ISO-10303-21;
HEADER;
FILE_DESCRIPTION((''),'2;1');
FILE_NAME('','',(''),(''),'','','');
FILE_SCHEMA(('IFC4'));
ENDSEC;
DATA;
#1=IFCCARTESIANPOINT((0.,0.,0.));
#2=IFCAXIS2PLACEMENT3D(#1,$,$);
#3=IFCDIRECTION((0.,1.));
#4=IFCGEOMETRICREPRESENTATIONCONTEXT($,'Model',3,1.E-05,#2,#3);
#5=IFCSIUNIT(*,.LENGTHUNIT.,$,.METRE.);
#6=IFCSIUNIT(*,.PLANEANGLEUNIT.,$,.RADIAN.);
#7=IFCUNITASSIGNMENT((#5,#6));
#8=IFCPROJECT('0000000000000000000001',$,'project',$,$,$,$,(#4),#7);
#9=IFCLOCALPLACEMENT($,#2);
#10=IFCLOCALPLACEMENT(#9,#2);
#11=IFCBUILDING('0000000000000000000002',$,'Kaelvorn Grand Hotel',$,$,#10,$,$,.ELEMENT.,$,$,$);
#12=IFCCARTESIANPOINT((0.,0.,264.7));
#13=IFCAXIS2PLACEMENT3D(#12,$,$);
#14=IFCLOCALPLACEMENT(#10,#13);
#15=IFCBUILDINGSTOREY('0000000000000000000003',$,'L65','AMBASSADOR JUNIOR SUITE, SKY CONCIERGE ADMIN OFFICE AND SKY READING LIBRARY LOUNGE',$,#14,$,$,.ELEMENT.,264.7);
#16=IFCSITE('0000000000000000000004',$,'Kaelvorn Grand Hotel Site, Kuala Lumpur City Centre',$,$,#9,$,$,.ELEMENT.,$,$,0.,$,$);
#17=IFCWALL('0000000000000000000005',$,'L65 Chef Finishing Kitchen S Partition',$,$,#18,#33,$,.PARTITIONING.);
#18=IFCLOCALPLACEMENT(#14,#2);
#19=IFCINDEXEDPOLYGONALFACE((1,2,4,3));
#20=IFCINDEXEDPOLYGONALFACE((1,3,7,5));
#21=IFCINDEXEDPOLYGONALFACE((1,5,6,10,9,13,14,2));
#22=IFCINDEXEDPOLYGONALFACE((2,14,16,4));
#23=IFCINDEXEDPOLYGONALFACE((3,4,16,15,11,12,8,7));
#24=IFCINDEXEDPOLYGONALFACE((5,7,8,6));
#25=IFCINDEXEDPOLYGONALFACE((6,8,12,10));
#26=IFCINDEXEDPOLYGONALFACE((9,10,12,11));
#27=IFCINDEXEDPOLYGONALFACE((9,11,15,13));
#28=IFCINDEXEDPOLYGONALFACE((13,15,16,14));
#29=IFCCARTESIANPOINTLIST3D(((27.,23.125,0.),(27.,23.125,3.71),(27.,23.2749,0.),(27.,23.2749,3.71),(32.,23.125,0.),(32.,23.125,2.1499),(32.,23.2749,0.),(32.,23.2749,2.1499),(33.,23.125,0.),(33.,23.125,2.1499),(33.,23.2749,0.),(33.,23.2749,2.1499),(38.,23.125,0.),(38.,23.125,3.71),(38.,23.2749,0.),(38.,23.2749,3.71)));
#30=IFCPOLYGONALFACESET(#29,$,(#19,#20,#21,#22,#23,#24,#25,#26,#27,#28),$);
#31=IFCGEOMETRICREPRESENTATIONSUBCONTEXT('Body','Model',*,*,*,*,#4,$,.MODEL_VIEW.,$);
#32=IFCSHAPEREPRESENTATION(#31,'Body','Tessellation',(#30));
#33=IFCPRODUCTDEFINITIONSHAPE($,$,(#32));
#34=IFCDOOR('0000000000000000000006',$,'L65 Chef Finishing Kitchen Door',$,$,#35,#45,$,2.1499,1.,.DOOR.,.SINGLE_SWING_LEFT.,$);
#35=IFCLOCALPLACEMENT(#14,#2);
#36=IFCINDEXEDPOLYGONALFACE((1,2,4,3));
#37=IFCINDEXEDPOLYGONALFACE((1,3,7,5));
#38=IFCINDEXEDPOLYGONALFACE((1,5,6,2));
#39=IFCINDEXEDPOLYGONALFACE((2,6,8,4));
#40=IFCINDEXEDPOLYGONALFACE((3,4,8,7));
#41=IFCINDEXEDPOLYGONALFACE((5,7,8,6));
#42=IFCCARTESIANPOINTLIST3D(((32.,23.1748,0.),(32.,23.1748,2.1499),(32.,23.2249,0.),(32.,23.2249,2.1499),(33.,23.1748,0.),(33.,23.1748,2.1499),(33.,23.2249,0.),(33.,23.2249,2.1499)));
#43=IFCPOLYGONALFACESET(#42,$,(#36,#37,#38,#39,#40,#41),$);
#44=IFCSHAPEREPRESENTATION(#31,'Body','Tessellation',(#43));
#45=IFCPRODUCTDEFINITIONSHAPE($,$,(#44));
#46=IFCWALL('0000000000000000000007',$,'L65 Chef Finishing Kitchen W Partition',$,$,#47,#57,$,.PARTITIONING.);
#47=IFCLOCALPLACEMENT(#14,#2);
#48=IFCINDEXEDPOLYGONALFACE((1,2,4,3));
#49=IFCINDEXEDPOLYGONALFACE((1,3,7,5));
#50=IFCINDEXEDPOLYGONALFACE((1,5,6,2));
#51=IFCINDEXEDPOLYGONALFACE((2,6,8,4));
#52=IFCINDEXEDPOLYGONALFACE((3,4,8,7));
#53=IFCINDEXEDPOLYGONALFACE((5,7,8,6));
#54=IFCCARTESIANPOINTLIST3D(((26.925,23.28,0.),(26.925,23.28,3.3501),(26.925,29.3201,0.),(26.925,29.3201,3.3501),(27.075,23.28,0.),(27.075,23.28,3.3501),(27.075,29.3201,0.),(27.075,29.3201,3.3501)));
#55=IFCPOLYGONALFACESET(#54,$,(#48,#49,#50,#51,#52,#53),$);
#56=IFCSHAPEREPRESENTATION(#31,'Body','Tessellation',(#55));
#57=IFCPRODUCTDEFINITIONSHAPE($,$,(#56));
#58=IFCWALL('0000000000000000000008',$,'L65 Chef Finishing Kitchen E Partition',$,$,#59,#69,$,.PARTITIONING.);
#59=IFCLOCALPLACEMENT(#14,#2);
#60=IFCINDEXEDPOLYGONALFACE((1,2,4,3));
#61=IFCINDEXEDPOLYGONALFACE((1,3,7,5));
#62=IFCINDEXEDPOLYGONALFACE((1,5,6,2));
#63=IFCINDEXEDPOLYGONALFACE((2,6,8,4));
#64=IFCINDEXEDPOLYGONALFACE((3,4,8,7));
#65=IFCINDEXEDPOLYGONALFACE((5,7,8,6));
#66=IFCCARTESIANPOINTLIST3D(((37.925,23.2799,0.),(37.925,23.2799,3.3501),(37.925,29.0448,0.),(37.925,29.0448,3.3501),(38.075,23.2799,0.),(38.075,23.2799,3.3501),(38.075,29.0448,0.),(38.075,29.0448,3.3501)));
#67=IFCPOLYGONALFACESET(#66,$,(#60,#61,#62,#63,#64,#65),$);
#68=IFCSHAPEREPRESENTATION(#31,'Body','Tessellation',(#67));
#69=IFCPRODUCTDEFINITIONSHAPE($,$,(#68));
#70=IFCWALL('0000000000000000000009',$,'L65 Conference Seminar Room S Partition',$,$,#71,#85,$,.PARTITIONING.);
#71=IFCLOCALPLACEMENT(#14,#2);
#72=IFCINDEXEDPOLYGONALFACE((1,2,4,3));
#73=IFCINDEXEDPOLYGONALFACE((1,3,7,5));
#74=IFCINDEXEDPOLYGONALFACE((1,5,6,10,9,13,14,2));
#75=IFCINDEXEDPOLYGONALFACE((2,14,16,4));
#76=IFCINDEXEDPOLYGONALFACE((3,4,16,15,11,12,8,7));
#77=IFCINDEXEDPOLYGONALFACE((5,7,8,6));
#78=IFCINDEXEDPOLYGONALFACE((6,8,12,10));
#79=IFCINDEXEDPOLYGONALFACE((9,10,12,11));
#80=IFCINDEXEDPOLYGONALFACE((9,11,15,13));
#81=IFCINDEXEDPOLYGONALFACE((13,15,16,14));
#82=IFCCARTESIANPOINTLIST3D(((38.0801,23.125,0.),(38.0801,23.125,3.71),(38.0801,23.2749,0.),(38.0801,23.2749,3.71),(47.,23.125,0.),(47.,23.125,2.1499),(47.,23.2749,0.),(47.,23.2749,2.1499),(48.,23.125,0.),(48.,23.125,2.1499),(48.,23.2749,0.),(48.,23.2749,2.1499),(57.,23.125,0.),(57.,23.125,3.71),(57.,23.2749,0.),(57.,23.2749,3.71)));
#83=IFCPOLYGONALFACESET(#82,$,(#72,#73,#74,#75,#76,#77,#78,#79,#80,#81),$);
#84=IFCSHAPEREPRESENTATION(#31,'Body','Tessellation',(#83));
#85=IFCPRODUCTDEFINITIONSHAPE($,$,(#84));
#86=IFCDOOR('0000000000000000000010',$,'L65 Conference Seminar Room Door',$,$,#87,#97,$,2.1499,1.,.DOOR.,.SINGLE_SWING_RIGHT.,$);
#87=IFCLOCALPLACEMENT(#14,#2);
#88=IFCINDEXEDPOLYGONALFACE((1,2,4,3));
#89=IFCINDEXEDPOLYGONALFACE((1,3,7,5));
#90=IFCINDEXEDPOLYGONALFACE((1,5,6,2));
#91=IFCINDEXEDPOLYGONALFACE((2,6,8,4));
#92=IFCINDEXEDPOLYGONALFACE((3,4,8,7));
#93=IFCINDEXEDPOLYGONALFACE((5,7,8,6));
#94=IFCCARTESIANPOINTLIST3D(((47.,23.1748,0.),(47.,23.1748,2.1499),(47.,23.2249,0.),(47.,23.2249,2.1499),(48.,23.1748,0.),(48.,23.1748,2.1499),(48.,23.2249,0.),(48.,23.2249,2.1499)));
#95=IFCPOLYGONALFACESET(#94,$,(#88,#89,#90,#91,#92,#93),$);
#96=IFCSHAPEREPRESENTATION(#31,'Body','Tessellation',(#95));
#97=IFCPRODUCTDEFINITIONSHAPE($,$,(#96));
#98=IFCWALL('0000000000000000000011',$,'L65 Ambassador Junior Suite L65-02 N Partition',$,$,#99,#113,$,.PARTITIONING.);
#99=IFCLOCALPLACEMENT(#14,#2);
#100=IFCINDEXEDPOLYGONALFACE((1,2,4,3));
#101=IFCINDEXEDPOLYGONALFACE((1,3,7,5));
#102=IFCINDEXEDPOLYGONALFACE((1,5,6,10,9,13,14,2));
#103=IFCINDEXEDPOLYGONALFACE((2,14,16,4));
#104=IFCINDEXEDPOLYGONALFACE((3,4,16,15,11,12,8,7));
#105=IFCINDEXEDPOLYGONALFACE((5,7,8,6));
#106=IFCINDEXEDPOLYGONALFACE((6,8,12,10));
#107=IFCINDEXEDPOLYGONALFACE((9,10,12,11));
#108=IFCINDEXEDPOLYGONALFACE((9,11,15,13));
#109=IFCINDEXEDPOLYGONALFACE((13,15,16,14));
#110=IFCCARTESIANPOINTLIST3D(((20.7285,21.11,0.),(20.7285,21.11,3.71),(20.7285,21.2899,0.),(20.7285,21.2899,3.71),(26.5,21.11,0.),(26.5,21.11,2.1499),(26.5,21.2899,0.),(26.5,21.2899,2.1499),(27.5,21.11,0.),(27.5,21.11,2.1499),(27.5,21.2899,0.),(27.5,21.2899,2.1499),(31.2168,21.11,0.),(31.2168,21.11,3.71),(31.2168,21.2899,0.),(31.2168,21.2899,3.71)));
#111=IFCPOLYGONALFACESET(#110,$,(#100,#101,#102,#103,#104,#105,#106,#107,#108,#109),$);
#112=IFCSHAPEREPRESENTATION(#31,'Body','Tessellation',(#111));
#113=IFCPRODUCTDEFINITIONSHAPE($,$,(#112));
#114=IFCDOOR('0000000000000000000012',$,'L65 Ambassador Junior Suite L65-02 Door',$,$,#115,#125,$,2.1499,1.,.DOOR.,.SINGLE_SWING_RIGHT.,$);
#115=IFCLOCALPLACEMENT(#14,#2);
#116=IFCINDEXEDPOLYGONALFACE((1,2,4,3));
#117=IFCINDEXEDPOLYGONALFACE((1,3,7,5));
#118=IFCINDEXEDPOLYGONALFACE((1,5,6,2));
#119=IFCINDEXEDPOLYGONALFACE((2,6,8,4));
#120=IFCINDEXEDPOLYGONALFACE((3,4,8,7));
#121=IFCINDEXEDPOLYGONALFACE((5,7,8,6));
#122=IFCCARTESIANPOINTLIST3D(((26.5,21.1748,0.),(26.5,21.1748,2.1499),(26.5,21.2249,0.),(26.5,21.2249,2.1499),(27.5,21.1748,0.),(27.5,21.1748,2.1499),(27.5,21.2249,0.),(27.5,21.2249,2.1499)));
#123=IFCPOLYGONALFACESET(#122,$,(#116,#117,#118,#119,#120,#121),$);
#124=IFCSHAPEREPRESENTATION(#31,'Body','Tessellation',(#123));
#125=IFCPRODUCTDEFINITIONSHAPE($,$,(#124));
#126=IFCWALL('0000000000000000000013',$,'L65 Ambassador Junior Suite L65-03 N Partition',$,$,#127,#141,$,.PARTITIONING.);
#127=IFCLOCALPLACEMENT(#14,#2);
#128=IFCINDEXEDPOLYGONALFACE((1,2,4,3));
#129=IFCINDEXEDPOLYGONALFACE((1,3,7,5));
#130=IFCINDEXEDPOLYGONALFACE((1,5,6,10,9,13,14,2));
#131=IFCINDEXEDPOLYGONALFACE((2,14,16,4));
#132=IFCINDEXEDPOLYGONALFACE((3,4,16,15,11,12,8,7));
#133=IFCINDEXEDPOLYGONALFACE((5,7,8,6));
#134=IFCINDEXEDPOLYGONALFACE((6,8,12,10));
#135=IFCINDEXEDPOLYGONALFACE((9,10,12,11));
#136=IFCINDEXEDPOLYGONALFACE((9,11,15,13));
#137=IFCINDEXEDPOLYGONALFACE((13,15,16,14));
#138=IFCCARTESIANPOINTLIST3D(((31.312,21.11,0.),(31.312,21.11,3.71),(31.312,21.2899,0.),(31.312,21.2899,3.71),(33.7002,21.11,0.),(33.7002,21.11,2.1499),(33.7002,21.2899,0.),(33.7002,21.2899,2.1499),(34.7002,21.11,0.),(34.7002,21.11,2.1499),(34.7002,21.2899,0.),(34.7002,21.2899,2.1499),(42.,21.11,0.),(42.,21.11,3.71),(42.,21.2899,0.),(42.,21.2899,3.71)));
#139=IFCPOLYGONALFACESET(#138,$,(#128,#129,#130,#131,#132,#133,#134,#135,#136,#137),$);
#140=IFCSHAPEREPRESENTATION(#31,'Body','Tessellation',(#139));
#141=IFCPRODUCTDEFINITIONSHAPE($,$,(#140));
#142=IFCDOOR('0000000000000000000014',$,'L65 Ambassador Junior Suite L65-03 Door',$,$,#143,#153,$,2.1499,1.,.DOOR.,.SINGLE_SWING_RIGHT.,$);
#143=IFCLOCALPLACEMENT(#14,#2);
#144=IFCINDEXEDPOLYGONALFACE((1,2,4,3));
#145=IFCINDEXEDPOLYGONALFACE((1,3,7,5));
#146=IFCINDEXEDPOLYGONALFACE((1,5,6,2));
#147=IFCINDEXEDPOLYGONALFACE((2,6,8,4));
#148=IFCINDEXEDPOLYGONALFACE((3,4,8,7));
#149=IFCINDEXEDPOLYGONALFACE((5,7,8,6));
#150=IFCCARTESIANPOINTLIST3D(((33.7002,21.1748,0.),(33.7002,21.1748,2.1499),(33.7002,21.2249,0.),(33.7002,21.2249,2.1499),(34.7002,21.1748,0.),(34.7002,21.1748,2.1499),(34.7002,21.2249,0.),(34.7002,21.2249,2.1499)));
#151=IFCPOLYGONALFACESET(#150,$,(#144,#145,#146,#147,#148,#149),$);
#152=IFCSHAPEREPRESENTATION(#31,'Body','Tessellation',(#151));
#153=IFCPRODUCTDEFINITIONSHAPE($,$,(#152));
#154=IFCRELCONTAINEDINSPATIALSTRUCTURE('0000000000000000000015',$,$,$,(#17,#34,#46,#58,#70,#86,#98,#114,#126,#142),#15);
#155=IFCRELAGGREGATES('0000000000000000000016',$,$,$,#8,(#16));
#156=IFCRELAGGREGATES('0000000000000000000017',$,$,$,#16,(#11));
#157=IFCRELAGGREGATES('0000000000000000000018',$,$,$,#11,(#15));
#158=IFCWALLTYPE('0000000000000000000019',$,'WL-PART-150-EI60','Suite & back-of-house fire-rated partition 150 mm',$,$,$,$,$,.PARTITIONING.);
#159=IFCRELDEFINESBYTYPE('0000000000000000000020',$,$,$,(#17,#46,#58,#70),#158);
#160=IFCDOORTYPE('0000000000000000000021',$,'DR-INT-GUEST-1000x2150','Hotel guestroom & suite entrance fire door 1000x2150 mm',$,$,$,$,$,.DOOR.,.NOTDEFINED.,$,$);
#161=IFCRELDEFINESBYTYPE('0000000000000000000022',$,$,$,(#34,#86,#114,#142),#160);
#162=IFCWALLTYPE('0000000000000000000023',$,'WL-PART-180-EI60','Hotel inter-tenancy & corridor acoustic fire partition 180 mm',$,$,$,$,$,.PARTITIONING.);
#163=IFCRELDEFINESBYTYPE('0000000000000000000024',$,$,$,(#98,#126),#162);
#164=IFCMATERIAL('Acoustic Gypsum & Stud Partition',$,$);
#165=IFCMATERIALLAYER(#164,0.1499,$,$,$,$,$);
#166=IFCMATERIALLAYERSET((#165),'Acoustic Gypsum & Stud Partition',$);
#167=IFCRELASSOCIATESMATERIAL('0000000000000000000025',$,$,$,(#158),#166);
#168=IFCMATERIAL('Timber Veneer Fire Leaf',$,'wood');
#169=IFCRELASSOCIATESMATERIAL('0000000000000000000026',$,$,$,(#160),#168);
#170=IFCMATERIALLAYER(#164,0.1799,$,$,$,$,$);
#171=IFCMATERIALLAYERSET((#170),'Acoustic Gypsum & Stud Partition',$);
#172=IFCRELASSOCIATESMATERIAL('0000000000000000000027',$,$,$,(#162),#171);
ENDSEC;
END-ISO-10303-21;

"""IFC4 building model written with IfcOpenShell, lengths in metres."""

from ifc_helpers import new_model, si_unit, direction, frame, frame_2d, origin, place, context, subcontext, project, spatial, rectangle, extrude, material, layer, layer_set, type_object, element, fill, save


model = new_model("IFC4")

# Units and contexts
model_context = context("Model", 3, precision=1e-05, world=origin(), true_north=direction((0.0, 1.0)))
body_context = subcontext(model_context, "Body", "Model", "MODEL_VIEW")
ifc_project = project(units=[si_unit("LENGTHUNIT", "METRE"), si_unit("PLANEANGLEUNIT", "RADIAN")], contexts=[model_context])

# Site, building, storey
site_placement = place(None, origin())
site = spatial("IfcSite", under=ifc_project, at=site_placement, Name="Kaelvorn Grand Hotel Site, Kuala Lumpur City Centre", CompositionType="ELEMENT", RefElevation=0.0)
building_placement = place(site_placement, origin())
building = spatial("IfcBuilding", under=site, at=building_placement, Name="Kaelvorn Grand Hotel", CompositionType="ELEMENT")
storey_placement = place(building_placement, frame((0.0, 0.0, 264.7)))
storey = spatial("IfcBuildingStorey", under=building, at=storey_placement, Name="L65", Description="AMBASSADOR JUNIOR SUITE, SKY CONCIERGE ADMIN OFFICE AND SKY READING LIBRARY LOUNGE", CompositionType="ELEMENT", Elevation=264.7)

# Shared definitions
ifc_material_1 = material(Name="Acoustic Gypsum & Stud Partition")
ifc_layer_1 = layer(ifc_material_1, 0.1499)
ifc_layer_set_1 = layer_set([ifc_layer_1], Name="Acoustic Gypsum & Stud Partition")
wall_type_1 = type_object("IfcWallType", Name="WL-PART-150-EI60", Description="Suite & back-of-house fire-rated partition 150 mm", PredefinedType="PARTITIONING", material=ifc_layer_set_1)

# Wall, opening, door
wall_1_placement = place(storey_placement, frame((27.0, 23.2, 0.0), z_axis=(0.0, 0.0, 1.0), x_axis=(1.0, 0.0, 0.0)))
wall_1 = element("IfcWall", 1, at=wall_1_placement, inside=storey, type_object=wall_type_1, Name="L65 Chef Finishing Kitchen S Partition", PredefinedType="PARTITIONING", context=body_context, shape_type="SweptSolid", body=[
    extrude(rectangle(XDim=11.0, YDim=0.1499, at=frame_2d((5.5, 0.0))), origin(), (0.0, 0.0, 1.0), 3.71),
])
opening_1_placement = place(wall_1_placement, frame((5.0, 0.0, 0.0)))
opening_1 = element("IfcOpeningElement", 2, at=opening_1_placement, cuts=wall_1, PredefinedType="OPENING", context=body_context, shape_type="SweptSolid", body=[
    extrude(rectangle(XDim=1.0, YDim=2.1499, at=frame_2d((0.5, 1.075))), frame((0.0, 0.085, 0.0), z_axis=(0.0, -1.0, 0.0), x_axis=(1.0, 0.0, 0.0)), (0.0, 0.0, 1.0), 0.1699),
])
ifc_material_2 = material(Name="Timber Veneer Fire Leaf", Category="wood")
door_type_1 = type_object("IfcDoorType", Name="DR-INT-GUEST-1000x2150", Description="Hotel guestroom & suite entrance fire door 1000x2150 mm", OperationType="NOTDEFINED", PredefinedType="DOOR", material=ifc_material_2)
door_1_placement = place(opening_1_placement, origin())
door_1 = element("IfcDoor", 3, at=door_1_placement, inside=storey, type_object=door_type_1, Name="L65 Chef Finishing Kitchen Door", OperationType="SINGLE_SWING_LEFT", OverallHeight=2.1499, OverallWidth=1.0, PredefinedType="DOOR", context=body_context, shape_type="SweptSolid", body=[
    extrude(rectangle(XDim=1.0, YDim=2.1499, at=frame_2d((0.5, 1.075))), frame((0.0, 0.0249, 0.0), z_axis=(0.0, -1.0, 0.0), x_axis=(1.0, 0.0, 0.0)), (0.0, 0.0, 1.0), 0.05),
])
fill(opening_1, door_1)

# Walls
wall_2_placement = place(storey_placement, frame((27.0, 23.28, 0.0), z_axis=(0.0, 0.0, 1.0), x_axis=(0.0, 1.0, 0.0)))
element("IfcWall", 4, at=wall_2_placement, inside=storey, type_object=wall_type_1, Name="L65 Chef Finishing Kitchen W Partition", PredefinedType="PARTITIONING", context=body_context, shape_type="SweptSolid", body=[
    extrude(rectangle(XDim=6.04, YDim=0.1499, at=frame_2d((3.02, 0.0))), origin(), (0.0, 0.0, 1.0), 3.3501),
])
wall_3_placement = place(storey_placement, frame((38.0, 23.28, 0.0), z_axis=(0.0, 0.0, 1.0), x_axis=(0.0, 1.0, 0.0)))
element("IfcWall", 5, at=wall_3_placement, inside=storey, type_object=wall_type_1, Name="L65 Chef Finishing Kitchen E Partition", PredefinedType="PARTITIONING", context=body_context, shape_type="SweptSolid", body=[
    extrude(rectangle(XDim=5.7649, YDim=0.1499, at=frame_2d((2.8823, 0.0))), origin(), (0.0, 0.0, 1.0), 3.3501),
])

# Walls, openings, doors
wall_4_placement = place(storey_placement, frame((38.0801, 23.2, 0.0), z_axis=(0.0, 0.0, 1.0), x_axis=(1.0, 0.0, 0.0)))
wall_4 = element("IfcWall", 6, at=wall_4_placement, inside=storey, type_object=wall_type_1, Name="L65 Conference Seminar Room S Partition", PredefinedType="PARTITIONING", context=body_context, shape_type="SweptSolid", body=[
    extrude(rectangle(XDim=18.9199, YDim=0.1499, at=frame_2d((9.46, 0.0))), origin(), (0.0, 0.0, 1.0), 3.71),
])
opening_2_placement = place(wall_4_placement, frame((8.9199, 0.0, 0.0)))
opening_2 = element("IfcOpeningElement", 7, at=opening_2_placement, cuts=wall_4, PredefinedType="OPENING", context=body_context, shape_type="SweptSolid", body=[
    extrude(rectangle(XDim=1.0, YDim=2.1499, at=frame_2d((0.5, 1.075))), frame((0.0, 0.085, 0.0), z_axis=(0.0, -1.0, 0.0), x_axis=(1.0, 0.0, 0.0)), (0.0, 0.0, 1.0), 0.1699),
])
door_2_placement = place(opening_2_placement, origin())
door_2 = element("IfcDoor", 8, at=door_2_placement, inside=storey, type_object=door_type_1, Name="L65 Conference Seminar Room Door", OperationType="SINGLE_SWING_RIGHT", OverallHeight=2.1499, OverallWidth=1.0, PredefinedType="DOOR", context=body_context, shape_type="SweptSolid", body=[
    extrude(rectangle(XDim=1.0, YDim=2.1499, at=frame_2d((0.5, 1.075))), frame((0.0, 0.0249, 0.0), z_axis=(0.0, -1.0, 0.0), x_axis=(1.0, 0.0, 0.0)), (0.0, 0.0, 1.0), 0.05),
])
fill(opening_2, door_2)
ifc_layer_2 = layer(ifc_material_1, 0.1799)
ifc_layer_set_2 = layer_set([ifc_layer_2], Name="Acoustic Gypsum & Stud Partition")
wall_type_2 = type_object("IfcWallType", Name="WL-PART-180-EI60", Description="Hotel inter-tenancy & corridor acoustic fire partition 180 mm", PredefinedType="PARTITIONING", material=ifc_layer_set_2)
wall_5_placement = place(storey_placement, frame((20.7285, 21.2, 0.0), z_axis=(0.0, 0.0, 1.0), x_axis=(1.0, 0.0, 0.0)))
wall_5 = element("IfcWall", 9, at=wall_5_placement, inside=storey, type_object=wall_type_2, Name="L65 Ambassador Junior Suite L65-02 N Partition", PredefinedType="PARTITIONING", context=body_context, shape_type="SweptSolid", body=[
    extrude(rectangle(XDim=10.4883, YDim=0.1799, at=frame_2d((5.2441, 0.0))), origin(), (0.0, 0.0, 1.0), 3.71),
])
opening_3_placement = place(wall_5_placement, frame((5.7715, 0.0, 0.0)))
opening_3 = element("IfcOpeningElement", 10, at=opening_3_placement, cuts=wall_5, PredefinedType="OPENING", context=body_context, shape_type="SweptSolid", body=[
    extrude(rectangle(XDim=1.0, YDim=2.1499, at=frame_2d((0.5, 1.075))), frame((0.0, 0.1001, 0.0), z_axis=(0.0, -1.0, 0.0), x_axis=(1.0, 0.0, 0.0)), (0.0, 0.0, 1.0), 0.2),
])
door_3_placement = place(opening_3_placement, origin())
door_3 = element("IfcDoor", 11, at=door_3_placement, inside=storey, type_object=door_type_1, Name="L65 Ambassador Junior Suite L65-02 Door", OperationType="SINGLE_SWING_RIGHT", OverallHeight=2.1499, OverallWidth=1.0, PredefinedType="DOOR", context=body_context, shape_type="SweptSolid", body=[
    extrude(rectangle(XDim=1.0, YDim=2.1499, at=frame_2d((0.5, 1.075))), frame((0.0, 0.0249, 0.0), z_axis=(0.0, -1.0, 0.0), x_axis=(1.0, 0.0, 0.0)), (0.0, 0.0, 1.0), 0.05),
])
fill(opening_3, door_3)
wall_6_placement = place(storey_placement, frame((31.312, 21.2, 0.0), z_axis=(0.0, 0.0, 1.0), x_axis=(1.0, 0.0, 0.0)))
wall_6 = element("IfcWall", 12, at=wall_6_placement, inside=storey, type_object=wall_type_2, Name="L65 Ambassador Junior Suite L65-03 N Partition", PredefinedType="PARTITIONING", context=body_context, shape_type="SweptSolid", body=[
    extrude(rectangle(XDim=10.688, YDim=0.1799, at=frame_2d((5.344, 0.0))), origin(), (0.0, 0.0, 1.0), 3.71),
])
opening_4_placement = place(wall_6_placement, frame((2.3882, 0.0, 0.0)))
opening_4 = element("IfcOpeningElement", 13, at=opening_4_placement, cuts=wall_6, PredefinedType="OPENING", context=body_context, shape_type="SweptSolid", body=[
    extrude(rectangle(XDim=1.0, YDim=2.1499, at=frame_2d((0.5, 1.075))), frame((0.0, 0.1001, 0.0), z_axis=(0.0, -1.0, 0.0), x_axis=(1.0, 0.0, 0.0)), (0.0, 0.0, 1.0), 0.2),
])
door_4_placement = place(opening_4_placement, origin())
door_4 = element("IfcDoor", 14, at=door_4_placement, inside=storey, type_object=door_type_1, Name="L65 Ambassador Junior Suite L65-03 Door", OperationType="SINGLE_SWING_RIGHT", OverallHeight=2.1499, OverallWidth=1.0, PredefinedType="DOOR", context=body_context, shape_type="SweptSolid", body=[
    extrude(rectangle(XDim=1.0, YDim=2.1499, at=frame_2d((0.5, 1.075))), frame((0.0, 0.0249, 0.0), z_axis=(0.0, -1.0, 0.0), x_axis=(1.0, 0.0, 0.0)), (0.0, 0.0, 1.0), 0.05),
])
fill(opening_4, door_4)

save(model, "model.ifc")
